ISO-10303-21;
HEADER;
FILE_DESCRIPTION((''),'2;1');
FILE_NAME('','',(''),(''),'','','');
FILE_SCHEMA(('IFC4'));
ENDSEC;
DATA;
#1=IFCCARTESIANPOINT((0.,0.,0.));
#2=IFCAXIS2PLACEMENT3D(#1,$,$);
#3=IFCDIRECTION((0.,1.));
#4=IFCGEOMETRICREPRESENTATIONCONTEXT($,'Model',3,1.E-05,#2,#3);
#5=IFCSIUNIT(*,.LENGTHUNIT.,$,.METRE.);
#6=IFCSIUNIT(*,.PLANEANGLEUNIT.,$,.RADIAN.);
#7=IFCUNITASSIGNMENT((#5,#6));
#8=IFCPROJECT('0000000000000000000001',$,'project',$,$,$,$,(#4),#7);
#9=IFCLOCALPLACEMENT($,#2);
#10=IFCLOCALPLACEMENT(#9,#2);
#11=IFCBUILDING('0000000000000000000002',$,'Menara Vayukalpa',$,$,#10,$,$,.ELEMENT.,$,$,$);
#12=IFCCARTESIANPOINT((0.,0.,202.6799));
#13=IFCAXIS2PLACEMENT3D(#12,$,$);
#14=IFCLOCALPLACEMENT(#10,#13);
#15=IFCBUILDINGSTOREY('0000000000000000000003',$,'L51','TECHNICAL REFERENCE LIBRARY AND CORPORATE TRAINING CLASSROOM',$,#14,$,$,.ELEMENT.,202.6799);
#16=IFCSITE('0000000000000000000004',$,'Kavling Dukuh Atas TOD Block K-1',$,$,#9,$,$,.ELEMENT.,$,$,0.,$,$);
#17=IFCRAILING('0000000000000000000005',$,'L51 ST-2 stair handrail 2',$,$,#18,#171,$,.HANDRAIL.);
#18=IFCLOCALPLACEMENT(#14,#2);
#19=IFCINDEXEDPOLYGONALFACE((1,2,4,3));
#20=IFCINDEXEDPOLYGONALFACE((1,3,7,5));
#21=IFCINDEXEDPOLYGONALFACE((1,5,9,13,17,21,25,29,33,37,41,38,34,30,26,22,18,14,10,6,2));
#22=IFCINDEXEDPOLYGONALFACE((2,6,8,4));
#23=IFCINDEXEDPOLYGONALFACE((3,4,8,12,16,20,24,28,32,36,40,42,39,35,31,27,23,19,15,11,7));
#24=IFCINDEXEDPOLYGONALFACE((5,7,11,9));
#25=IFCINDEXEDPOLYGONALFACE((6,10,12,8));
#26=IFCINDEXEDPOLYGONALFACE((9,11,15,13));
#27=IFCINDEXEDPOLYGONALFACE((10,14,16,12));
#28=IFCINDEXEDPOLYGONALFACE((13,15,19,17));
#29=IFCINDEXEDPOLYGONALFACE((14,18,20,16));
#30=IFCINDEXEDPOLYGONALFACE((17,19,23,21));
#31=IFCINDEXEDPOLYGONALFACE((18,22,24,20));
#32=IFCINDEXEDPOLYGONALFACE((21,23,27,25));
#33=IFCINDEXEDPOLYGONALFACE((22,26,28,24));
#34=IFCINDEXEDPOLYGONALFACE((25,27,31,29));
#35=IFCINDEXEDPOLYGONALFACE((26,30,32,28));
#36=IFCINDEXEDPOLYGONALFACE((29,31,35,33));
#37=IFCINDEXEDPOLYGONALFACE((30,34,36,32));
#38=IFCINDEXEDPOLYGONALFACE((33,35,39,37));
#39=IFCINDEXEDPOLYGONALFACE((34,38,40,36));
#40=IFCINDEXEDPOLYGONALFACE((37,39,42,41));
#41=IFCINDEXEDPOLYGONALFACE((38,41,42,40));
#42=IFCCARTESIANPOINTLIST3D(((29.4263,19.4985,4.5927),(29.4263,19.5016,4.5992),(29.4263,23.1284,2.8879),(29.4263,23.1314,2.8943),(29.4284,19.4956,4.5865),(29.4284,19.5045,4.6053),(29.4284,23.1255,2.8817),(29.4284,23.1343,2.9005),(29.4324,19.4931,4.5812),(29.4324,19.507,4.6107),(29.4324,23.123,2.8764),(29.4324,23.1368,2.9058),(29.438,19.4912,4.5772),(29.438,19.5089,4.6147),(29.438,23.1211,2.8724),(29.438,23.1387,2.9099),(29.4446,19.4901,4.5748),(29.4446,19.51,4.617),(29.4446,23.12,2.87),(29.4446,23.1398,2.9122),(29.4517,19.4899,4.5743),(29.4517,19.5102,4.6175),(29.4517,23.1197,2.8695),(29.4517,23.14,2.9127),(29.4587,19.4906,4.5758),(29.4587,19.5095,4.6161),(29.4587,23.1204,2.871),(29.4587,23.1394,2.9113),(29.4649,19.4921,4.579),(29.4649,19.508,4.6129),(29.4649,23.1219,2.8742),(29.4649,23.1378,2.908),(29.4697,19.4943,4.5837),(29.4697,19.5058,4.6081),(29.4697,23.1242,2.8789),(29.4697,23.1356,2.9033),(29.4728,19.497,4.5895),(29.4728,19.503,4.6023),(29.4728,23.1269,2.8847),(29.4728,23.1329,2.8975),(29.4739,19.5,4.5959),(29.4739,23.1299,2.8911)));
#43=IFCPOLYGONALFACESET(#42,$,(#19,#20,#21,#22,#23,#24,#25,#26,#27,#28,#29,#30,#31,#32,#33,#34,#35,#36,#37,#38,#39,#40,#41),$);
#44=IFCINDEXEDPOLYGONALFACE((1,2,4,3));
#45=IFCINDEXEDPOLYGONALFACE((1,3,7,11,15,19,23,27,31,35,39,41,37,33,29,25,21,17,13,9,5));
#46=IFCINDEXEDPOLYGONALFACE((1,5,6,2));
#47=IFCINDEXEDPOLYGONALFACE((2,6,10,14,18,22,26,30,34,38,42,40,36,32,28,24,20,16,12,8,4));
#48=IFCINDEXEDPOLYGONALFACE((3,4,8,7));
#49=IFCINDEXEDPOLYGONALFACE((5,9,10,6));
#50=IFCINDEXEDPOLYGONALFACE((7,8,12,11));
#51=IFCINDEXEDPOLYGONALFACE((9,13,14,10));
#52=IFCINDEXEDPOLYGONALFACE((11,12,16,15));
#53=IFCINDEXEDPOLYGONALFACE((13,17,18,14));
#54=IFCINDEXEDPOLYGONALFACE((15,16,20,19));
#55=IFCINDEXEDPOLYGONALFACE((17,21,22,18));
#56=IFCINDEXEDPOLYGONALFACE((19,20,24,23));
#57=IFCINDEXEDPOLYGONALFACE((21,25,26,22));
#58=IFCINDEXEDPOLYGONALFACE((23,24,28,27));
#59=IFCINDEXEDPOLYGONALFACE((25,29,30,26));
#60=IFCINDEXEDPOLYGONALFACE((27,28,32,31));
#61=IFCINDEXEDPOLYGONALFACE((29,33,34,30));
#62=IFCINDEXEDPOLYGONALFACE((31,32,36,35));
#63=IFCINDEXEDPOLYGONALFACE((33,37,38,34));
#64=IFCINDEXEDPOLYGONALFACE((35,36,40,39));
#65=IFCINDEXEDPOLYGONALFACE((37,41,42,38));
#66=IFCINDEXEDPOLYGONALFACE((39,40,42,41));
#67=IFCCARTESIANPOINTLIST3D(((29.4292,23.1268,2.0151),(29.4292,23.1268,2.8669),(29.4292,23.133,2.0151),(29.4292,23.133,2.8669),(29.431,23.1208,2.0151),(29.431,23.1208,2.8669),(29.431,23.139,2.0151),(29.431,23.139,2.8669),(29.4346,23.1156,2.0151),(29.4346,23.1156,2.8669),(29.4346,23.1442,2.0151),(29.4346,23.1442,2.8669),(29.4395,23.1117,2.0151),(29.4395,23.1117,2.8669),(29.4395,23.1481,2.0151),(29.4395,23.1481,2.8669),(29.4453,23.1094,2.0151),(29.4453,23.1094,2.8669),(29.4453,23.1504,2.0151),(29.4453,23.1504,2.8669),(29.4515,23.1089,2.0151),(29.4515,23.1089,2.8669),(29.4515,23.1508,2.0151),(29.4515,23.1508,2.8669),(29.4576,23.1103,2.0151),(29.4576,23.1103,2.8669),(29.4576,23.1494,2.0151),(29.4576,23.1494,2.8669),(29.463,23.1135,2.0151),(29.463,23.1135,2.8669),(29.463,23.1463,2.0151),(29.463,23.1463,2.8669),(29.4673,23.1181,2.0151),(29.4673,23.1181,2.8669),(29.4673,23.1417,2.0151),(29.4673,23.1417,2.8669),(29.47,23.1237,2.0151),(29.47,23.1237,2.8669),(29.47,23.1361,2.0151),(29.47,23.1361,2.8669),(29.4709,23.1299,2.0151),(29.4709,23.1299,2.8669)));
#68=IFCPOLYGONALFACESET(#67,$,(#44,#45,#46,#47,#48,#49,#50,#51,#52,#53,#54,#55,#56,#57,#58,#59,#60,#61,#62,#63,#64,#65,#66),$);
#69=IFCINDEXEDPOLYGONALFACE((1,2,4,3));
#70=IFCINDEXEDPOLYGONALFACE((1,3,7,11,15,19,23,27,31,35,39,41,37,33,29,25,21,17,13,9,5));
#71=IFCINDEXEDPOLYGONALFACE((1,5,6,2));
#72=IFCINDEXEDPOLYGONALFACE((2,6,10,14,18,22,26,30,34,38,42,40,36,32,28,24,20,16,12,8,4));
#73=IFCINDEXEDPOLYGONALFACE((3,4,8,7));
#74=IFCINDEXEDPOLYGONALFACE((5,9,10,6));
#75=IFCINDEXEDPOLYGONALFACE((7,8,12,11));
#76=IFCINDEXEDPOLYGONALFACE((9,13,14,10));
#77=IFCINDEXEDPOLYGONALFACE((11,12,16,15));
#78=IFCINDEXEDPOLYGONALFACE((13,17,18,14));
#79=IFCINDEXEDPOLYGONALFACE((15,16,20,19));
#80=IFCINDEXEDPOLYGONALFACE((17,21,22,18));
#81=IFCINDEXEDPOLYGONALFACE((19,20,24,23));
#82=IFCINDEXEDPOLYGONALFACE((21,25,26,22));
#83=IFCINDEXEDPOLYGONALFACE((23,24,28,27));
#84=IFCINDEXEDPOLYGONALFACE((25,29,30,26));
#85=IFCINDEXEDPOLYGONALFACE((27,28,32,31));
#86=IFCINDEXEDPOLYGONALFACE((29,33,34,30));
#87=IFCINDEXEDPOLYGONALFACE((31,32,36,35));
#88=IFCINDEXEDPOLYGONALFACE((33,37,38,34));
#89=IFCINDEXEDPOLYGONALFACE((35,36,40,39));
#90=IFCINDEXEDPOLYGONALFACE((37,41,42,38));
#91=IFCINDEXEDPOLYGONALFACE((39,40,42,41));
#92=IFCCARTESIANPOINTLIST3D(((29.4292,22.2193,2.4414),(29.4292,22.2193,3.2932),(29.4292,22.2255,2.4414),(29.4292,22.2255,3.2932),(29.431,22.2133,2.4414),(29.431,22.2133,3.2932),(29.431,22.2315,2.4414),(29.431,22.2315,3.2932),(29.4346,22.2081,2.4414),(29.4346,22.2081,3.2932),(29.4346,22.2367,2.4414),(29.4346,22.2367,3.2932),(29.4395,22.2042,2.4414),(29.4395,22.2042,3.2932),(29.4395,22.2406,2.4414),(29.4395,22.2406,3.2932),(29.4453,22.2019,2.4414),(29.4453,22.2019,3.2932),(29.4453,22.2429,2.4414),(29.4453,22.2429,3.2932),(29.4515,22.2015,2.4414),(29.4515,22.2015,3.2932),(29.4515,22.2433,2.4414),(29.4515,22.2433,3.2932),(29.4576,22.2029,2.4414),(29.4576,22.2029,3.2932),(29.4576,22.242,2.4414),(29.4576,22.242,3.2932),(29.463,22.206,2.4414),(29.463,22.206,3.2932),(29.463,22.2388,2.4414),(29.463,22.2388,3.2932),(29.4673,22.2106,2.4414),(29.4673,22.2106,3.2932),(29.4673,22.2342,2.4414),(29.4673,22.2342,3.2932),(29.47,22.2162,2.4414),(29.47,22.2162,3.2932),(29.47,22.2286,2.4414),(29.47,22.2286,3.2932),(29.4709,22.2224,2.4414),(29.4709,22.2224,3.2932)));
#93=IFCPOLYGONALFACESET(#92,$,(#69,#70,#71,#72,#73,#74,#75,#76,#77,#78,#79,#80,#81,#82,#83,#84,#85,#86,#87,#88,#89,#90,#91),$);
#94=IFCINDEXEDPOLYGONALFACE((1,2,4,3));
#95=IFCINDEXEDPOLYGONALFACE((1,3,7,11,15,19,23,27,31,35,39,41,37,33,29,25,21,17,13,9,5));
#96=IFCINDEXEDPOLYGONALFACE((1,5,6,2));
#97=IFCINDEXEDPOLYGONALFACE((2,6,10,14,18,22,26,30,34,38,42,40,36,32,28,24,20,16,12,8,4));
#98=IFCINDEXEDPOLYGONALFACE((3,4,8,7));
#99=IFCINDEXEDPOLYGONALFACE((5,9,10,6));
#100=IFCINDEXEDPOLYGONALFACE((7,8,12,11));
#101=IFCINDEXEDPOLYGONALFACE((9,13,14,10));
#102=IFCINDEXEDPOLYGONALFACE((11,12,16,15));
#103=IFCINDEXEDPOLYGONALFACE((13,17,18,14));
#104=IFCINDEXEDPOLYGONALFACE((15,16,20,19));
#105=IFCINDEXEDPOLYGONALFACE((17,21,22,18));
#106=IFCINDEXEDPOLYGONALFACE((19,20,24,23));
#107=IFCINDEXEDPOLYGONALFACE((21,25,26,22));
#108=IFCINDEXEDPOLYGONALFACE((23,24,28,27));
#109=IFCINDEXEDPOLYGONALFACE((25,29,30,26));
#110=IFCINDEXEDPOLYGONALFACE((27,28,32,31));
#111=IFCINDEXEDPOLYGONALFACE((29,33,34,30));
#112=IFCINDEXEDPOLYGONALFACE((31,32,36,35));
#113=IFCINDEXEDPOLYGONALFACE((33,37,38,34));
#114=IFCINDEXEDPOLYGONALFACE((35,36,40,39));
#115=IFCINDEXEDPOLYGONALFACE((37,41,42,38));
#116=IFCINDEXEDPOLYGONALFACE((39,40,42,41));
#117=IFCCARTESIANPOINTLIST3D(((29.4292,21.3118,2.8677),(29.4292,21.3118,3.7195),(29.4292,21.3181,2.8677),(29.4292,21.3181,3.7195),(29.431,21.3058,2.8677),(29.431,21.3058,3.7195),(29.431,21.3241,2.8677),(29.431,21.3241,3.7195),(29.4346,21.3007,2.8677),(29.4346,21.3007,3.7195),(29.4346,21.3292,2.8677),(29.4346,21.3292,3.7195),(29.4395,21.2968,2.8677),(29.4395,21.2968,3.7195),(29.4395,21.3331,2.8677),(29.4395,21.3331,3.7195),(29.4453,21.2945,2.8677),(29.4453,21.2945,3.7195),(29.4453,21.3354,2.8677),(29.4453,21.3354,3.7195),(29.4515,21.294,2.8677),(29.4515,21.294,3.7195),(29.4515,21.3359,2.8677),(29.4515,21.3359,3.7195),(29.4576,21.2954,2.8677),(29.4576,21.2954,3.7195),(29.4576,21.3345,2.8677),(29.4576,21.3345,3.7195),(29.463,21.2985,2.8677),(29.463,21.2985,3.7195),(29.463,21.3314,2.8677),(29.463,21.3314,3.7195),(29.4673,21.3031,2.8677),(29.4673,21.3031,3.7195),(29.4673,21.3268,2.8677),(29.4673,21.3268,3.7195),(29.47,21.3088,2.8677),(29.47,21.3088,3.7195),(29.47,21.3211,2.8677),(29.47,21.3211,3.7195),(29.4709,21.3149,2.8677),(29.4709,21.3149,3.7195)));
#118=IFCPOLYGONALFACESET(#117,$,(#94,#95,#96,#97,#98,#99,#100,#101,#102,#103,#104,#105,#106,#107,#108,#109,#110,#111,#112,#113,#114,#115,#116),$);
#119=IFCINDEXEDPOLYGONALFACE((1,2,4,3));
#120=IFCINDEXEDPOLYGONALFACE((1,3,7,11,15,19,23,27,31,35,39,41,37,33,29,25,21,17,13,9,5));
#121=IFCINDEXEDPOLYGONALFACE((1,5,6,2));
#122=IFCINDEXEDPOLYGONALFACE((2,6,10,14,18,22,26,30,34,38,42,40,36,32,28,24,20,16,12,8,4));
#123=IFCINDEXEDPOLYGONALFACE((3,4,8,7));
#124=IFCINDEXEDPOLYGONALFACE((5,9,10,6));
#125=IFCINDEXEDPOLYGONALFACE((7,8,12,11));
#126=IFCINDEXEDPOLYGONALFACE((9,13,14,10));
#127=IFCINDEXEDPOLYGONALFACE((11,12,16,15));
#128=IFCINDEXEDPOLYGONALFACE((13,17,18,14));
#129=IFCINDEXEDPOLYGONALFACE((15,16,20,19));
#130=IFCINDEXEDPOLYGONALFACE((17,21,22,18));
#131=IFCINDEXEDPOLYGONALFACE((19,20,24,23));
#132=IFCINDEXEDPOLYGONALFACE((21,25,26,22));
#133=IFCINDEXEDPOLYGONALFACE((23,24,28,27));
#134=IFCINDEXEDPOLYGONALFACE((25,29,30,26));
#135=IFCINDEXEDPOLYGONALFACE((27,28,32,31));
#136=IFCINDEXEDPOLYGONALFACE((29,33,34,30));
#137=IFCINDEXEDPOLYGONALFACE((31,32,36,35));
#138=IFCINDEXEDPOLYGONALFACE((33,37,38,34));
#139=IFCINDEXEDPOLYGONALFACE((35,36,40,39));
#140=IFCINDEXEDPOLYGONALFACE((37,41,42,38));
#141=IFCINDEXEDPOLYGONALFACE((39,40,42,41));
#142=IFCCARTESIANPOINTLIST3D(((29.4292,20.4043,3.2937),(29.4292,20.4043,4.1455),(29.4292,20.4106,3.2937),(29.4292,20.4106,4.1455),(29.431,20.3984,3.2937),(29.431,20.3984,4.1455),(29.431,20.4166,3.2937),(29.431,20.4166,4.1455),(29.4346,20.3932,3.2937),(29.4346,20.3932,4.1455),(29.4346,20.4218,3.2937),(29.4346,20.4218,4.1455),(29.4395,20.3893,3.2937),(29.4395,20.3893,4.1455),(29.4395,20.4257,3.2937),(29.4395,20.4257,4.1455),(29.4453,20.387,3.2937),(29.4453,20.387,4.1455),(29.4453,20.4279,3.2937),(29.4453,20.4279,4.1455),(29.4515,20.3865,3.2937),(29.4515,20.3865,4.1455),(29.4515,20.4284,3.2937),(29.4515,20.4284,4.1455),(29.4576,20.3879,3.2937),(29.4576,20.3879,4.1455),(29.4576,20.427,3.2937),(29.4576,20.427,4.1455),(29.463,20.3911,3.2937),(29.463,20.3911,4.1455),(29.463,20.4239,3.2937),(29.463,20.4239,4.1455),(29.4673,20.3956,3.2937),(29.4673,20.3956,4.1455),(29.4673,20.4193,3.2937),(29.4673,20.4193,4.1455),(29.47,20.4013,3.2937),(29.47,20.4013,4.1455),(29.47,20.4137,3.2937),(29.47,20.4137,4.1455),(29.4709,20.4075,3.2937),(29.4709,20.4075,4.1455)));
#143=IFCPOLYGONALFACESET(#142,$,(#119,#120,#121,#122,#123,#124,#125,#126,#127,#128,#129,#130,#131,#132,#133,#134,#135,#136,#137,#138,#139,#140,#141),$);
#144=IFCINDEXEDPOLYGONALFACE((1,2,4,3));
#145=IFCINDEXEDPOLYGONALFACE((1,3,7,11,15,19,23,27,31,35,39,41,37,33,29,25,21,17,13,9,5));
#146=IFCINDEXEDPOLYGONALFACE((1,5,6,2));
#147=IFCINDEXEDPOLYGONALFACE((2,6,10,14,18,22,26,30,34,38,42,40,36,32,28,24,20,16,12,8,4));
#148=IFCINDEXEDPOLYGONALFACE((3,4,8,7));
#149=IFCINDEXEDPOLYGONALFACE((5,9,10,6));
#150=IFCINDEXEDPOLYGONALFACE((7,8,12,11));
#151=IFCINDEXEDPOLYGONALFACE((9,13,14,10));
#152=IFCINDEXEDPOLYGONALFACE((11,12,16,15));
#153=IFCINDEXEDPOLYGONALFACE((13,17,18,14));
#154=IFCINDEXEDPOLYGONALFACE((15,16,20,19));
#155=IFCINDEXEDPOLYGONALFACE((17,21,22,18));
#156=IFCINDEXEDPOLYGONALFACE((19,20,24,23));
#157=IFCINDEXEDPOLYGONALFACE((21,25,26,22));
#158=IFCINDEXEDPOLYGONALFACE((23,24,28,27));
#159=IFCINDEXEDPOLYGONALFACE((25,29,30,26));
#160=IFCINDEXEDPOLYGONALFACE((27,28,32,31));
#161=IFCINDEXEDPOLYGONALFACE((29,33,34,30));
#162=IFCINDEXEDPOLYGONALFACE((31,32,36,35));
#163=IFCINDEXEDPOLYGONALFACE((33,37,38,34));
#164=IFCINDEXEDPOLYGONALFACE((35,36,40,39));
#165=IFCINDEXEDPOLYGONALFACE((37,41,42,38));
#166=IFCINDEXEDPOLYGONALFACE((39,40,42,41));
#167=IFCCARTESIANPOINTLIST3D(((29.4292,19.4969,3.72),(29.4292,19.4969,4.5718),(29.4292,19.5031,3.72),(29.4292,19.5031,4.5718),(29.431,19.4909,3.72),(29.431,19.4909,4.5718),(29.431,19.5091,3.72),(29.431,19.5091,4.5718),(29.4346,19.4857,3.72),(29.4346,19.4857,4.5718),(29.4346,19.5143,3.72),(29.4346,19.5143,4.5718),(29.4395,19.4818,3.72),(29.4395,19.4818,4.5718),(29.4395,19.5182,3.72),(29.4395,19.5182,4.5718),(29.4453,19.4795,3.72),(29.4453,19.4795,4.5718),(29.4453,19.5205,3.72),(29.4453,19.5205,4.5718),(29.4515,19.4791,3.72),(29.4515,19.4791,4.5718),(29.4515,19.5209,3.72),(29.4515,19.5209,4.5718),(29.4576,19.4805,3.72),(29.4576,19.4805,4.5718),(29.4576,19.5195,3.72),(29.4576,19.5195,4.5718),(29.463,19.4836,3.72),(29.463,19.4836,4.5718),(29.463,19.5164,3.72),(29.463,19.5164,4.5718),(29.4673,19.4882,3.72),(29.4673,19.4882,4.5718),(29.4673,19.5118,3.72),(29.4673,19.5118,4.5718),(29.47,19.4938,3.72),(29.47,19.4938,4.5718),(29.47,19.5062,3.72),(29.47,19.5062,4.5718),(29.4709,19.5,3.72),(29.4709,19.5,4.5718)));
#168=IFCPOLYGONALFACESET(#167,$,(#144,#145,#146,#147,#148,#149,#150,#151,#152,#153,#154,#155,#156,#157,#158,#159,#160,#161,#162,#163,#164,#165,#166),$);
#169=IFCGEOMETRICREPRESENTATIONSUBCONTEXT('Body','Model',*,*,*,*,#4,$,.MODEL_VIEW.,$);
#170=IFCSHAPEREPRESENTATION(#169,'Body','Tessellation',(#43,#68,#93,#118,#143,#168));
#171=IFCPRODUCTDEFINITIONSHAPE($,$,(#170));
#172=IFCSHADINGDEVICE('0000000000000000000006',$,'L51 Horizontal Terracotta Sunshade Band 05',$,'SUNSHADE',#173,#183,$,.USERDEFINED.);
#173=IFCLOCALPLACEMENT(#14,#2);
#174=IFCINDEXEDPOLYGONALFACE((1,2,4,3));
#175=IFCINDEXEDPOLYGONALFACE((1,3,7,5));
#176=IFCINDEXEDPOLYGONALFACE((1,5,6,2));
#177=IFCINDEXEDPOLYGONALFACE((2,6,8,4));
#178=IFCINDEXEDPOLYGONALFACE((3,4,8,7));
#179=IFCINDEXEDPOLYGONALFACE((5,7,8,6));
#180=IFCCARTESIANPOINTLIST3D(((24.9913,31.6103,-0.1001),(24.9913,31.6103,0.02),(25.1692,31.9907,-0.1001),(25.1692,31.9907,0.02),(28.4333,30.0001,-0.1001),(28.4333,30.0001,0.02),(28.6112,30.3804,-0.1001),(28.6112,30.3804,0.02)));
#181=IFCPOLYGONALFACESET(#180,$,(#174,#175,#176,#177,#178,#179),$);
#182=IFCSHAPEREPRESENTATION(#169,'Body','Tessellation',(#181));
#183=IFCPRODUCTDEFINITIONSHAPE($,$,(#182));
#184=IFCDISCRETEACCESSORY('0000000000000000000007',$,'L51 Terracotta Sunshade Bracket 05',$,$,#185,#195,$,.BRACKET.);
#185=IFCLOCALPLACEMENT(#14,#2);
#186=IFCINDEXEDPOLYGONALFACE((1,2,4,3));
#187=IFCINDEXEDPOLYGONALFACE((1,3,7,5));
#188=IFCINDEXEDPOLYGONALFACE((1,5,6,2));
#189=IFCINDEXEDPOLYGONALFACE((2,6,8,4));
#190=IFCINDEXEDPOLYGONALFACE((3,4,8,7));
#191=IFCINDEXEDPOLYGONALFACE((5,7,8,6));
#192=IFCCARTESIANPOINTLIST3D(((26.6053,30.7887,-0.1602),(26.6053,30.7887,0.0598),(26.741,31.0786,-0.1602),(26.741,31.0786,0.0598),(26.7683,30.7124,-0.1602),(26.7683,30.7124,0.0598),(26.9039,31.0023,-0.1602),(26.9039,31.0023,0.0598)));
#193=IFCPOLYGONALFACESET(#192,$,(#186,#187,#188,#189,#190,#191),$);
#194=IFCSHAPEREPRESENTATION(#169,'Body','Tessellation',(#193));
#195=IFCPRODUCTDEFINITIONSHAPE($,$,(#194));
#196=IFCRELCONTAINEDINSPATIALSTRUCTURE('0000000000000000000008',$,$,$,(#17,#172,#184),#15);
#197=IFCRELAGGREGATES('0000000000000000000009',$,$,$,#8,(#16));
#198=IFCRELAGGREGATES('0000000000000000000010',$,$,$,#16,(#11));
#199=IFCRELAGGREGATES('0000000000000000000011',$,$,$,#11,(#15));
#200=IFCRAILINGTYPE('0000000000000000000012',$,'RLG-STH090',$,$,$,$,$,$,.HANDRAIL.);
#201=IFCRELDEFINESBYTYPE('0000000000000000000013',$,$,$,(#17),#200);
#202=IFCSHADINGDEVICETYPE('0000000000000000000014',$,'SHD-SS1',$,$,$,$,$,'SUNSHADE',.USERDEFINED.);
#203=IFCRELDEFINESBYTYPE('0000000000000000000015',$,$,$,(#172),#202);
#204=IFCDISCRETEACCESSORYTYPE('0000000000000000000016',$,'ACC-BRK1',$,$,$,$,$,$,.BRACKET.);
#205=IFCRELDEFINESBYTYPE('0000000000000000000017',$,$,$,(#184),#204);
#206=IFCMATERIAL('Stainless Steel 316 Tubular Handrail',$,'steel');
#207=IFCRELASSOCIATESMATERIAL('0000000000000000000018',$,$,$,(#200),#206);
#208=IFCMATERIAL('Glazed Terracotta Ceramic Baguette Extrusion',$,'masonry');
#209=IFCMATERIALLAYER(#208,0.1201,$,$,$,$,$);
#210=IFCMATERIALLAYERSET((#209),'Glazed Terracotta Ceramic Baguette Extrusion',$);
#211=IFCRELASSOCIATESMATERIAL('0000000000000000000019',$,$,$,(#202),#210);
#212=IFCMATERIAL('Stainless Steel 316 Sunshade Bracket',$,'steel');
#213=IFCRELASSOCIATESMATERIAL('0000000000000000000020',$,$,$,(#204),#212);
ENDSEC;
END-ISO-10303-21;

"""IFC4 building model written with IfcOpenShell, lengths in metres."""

from ifc_helpers import new_model, si_unit, direction, frame, origin, origin_2d, place, context, subcontext, project, spatial, rectangle, circle, extrude, material, layer, layer_set, type_object, element, save


model = new_model("IFC4")

# Units and contexts
model_context = context("Model", 3, precision=1e-05, world=origin(), true_north=direction((0.0, 1.0)))
body_context = subcontext(model_context, "Body", "Model", "MODEL_VIEW")
ifc_project = project(units=[si_unit("LENGTHUNIT", "METRE"), si_unit("PLANEANGLEUNIT", "RADIAN")], contexts=[model_context])

# Site, building, storey
site_placement = place(None, origin())
site = spatial("IfcSite", under=ifc_project, at=site_placement, Name="Kavling Dukuh Atas TOD Block K-1", CompositionType="ELEMENT", RefElevation=0.0)
building_placement = place(site_placement, origin())
building = spatial("IfcBuilding", under=site, at=building_placement, Name="Menara Vayukalpa", CompositionType="ELEMENT")
storey_placement = place(building_placement, frame((0.0, 0.0, 202.6799)))
storey = spatial("IfcBuildingStorey", under=building, at=storey_placement, Name="L51", Description="TECHNICAL REFERENCE LIBRARY AND CORPORATE TRAINING CLASSROOM", CompositionType="ELEMENT", Elevation=202.6799)

# Railing
ifc_material_1 = material(Name="Stainless Steel 316 Tubular Handrail", Category="steel")
railing_type_1 = type_object("IfcRailingType", Name="RLG-STH090", PredefinedType="HANDRAIL", material=ifc_material_1)
railing_1_placement = place(storey_placement, frame((29.45, 23.1299, 2.0151)))
element("IfcRailing", 1, at=railing_1_placement, inside=storey, type_object=railing_type_1, Name="L51 ST-2 stair handrail 2", PredefinedType="HANDRAIL", context=body_context, shape_type="SweptSolid", body=[
    extrude(circle(Radius=0.0239, at=origin_2d()), frame((0.0, 0.0, 0.876), z_axis=(0.0, -0.90514, 0.425114), x_axis=(1.0, 0.0, 0.0)), (0.0, 0.0, 1.0), 4.0103),
    extrude(circle(Radius=0.021, at=origin_2d()), origin(), (0.0, 0.0, 1.0), 0.8518),
    extrude(circle(Radius=0.021, at=origin_2d()), frame((0.0, -0.9075, 0.4263)), (0.0, 0.0, 1.0), 0.8518),
    extrude(circle(Radius=0.021, at=origin_2d()), frame((0.0, -1.8149, 0.8525)), (0.0, 0.0, 1.0), 0.8518),
    extrude(circle(Radius=0.021, at=origin_2d()), frame((0.0, -2.7224, 1.2786)), (0.0, 0.0, 1.0), 0.8518),
    extrude(circle(Radius=0.021, at=origin_2d()), frame((0.0, -3.6299, 1.7048)), (0.0, 0.0, 1.0), 0.8518),
])

# Shading device
ifc_material_2 = material(Name="Glazed Terracotta Ceramic Baguette Extrusion", Category="masonry")
ifc_layer_1 = layer(ifc_material_2, 0.1201)
ifc_layer_set_1 = layer_set([ifc_layer_1], Name="Glazed Terracotta Ceramic Baguette Extrusion")
shading_device_type = type_object("IfcShadingDeviceType", Name="SHD-SS1", ElementType="SUNSHADE", PredefinedType="USERDEFINED", material=ifc_layer_set_1)
shading_device_placement = place(storey_placement, frame((26.8013, 30.9954, -0.1001), z_axis=(0.0, 0.0, 1.0), x_axis=(-0.905783, 0.423741, 0.0)))
element("IfcShadingDevice", 2, at=shading_device_placement, inside=storey, type_object=shading_device_type, Name="L51 Horizontal Terracotta Sunshade Band 05", ObjectType="SUNSHADE", PredefinedType="USERDEFINED", context=body_context, shape_type="SweptSolid", body=[
    extrude(rectangle(XDim=3.8, YDim=0.4199, at=origin_2d()), origin(), (0.0, 0.0, 1.0), 0.1201),
])

# Discrete accessory
ifc_material_3 = material(Name="Stainless Steel 316 Sunshade Bracket", Category="steel")
discrete_accessory_type = type_object("IfcDiscreteAccessoryType", Name="ACC-BRK1", PredefinedType="BRACKET", material=ifc_material_3)
discrete_accessory_placement = place(storey_placement, frame((26.7546, 30.8955, -0.1602), z_axis=(0.0, 0.0, 1.0), x_axis=(-0.905783, 0.423741, 0.0)))
element("IfcDiscreteAccessory", 3, at=discrete_accessory_placement, inside=storey, type_object=discrete_accessory_type, Name="L51 Terracotta Sunshade Bracket 05", PredefinedType="BRACKET", context=body_context, shape_type="SweptSolid", body=[
    extrude(rectangle(XDim=0.1799, YDim=0.3201, at=origin_2d()), origin(), (0.0, 0.0, 1.0), 0.22),
])

save(model, "model.ifc")
